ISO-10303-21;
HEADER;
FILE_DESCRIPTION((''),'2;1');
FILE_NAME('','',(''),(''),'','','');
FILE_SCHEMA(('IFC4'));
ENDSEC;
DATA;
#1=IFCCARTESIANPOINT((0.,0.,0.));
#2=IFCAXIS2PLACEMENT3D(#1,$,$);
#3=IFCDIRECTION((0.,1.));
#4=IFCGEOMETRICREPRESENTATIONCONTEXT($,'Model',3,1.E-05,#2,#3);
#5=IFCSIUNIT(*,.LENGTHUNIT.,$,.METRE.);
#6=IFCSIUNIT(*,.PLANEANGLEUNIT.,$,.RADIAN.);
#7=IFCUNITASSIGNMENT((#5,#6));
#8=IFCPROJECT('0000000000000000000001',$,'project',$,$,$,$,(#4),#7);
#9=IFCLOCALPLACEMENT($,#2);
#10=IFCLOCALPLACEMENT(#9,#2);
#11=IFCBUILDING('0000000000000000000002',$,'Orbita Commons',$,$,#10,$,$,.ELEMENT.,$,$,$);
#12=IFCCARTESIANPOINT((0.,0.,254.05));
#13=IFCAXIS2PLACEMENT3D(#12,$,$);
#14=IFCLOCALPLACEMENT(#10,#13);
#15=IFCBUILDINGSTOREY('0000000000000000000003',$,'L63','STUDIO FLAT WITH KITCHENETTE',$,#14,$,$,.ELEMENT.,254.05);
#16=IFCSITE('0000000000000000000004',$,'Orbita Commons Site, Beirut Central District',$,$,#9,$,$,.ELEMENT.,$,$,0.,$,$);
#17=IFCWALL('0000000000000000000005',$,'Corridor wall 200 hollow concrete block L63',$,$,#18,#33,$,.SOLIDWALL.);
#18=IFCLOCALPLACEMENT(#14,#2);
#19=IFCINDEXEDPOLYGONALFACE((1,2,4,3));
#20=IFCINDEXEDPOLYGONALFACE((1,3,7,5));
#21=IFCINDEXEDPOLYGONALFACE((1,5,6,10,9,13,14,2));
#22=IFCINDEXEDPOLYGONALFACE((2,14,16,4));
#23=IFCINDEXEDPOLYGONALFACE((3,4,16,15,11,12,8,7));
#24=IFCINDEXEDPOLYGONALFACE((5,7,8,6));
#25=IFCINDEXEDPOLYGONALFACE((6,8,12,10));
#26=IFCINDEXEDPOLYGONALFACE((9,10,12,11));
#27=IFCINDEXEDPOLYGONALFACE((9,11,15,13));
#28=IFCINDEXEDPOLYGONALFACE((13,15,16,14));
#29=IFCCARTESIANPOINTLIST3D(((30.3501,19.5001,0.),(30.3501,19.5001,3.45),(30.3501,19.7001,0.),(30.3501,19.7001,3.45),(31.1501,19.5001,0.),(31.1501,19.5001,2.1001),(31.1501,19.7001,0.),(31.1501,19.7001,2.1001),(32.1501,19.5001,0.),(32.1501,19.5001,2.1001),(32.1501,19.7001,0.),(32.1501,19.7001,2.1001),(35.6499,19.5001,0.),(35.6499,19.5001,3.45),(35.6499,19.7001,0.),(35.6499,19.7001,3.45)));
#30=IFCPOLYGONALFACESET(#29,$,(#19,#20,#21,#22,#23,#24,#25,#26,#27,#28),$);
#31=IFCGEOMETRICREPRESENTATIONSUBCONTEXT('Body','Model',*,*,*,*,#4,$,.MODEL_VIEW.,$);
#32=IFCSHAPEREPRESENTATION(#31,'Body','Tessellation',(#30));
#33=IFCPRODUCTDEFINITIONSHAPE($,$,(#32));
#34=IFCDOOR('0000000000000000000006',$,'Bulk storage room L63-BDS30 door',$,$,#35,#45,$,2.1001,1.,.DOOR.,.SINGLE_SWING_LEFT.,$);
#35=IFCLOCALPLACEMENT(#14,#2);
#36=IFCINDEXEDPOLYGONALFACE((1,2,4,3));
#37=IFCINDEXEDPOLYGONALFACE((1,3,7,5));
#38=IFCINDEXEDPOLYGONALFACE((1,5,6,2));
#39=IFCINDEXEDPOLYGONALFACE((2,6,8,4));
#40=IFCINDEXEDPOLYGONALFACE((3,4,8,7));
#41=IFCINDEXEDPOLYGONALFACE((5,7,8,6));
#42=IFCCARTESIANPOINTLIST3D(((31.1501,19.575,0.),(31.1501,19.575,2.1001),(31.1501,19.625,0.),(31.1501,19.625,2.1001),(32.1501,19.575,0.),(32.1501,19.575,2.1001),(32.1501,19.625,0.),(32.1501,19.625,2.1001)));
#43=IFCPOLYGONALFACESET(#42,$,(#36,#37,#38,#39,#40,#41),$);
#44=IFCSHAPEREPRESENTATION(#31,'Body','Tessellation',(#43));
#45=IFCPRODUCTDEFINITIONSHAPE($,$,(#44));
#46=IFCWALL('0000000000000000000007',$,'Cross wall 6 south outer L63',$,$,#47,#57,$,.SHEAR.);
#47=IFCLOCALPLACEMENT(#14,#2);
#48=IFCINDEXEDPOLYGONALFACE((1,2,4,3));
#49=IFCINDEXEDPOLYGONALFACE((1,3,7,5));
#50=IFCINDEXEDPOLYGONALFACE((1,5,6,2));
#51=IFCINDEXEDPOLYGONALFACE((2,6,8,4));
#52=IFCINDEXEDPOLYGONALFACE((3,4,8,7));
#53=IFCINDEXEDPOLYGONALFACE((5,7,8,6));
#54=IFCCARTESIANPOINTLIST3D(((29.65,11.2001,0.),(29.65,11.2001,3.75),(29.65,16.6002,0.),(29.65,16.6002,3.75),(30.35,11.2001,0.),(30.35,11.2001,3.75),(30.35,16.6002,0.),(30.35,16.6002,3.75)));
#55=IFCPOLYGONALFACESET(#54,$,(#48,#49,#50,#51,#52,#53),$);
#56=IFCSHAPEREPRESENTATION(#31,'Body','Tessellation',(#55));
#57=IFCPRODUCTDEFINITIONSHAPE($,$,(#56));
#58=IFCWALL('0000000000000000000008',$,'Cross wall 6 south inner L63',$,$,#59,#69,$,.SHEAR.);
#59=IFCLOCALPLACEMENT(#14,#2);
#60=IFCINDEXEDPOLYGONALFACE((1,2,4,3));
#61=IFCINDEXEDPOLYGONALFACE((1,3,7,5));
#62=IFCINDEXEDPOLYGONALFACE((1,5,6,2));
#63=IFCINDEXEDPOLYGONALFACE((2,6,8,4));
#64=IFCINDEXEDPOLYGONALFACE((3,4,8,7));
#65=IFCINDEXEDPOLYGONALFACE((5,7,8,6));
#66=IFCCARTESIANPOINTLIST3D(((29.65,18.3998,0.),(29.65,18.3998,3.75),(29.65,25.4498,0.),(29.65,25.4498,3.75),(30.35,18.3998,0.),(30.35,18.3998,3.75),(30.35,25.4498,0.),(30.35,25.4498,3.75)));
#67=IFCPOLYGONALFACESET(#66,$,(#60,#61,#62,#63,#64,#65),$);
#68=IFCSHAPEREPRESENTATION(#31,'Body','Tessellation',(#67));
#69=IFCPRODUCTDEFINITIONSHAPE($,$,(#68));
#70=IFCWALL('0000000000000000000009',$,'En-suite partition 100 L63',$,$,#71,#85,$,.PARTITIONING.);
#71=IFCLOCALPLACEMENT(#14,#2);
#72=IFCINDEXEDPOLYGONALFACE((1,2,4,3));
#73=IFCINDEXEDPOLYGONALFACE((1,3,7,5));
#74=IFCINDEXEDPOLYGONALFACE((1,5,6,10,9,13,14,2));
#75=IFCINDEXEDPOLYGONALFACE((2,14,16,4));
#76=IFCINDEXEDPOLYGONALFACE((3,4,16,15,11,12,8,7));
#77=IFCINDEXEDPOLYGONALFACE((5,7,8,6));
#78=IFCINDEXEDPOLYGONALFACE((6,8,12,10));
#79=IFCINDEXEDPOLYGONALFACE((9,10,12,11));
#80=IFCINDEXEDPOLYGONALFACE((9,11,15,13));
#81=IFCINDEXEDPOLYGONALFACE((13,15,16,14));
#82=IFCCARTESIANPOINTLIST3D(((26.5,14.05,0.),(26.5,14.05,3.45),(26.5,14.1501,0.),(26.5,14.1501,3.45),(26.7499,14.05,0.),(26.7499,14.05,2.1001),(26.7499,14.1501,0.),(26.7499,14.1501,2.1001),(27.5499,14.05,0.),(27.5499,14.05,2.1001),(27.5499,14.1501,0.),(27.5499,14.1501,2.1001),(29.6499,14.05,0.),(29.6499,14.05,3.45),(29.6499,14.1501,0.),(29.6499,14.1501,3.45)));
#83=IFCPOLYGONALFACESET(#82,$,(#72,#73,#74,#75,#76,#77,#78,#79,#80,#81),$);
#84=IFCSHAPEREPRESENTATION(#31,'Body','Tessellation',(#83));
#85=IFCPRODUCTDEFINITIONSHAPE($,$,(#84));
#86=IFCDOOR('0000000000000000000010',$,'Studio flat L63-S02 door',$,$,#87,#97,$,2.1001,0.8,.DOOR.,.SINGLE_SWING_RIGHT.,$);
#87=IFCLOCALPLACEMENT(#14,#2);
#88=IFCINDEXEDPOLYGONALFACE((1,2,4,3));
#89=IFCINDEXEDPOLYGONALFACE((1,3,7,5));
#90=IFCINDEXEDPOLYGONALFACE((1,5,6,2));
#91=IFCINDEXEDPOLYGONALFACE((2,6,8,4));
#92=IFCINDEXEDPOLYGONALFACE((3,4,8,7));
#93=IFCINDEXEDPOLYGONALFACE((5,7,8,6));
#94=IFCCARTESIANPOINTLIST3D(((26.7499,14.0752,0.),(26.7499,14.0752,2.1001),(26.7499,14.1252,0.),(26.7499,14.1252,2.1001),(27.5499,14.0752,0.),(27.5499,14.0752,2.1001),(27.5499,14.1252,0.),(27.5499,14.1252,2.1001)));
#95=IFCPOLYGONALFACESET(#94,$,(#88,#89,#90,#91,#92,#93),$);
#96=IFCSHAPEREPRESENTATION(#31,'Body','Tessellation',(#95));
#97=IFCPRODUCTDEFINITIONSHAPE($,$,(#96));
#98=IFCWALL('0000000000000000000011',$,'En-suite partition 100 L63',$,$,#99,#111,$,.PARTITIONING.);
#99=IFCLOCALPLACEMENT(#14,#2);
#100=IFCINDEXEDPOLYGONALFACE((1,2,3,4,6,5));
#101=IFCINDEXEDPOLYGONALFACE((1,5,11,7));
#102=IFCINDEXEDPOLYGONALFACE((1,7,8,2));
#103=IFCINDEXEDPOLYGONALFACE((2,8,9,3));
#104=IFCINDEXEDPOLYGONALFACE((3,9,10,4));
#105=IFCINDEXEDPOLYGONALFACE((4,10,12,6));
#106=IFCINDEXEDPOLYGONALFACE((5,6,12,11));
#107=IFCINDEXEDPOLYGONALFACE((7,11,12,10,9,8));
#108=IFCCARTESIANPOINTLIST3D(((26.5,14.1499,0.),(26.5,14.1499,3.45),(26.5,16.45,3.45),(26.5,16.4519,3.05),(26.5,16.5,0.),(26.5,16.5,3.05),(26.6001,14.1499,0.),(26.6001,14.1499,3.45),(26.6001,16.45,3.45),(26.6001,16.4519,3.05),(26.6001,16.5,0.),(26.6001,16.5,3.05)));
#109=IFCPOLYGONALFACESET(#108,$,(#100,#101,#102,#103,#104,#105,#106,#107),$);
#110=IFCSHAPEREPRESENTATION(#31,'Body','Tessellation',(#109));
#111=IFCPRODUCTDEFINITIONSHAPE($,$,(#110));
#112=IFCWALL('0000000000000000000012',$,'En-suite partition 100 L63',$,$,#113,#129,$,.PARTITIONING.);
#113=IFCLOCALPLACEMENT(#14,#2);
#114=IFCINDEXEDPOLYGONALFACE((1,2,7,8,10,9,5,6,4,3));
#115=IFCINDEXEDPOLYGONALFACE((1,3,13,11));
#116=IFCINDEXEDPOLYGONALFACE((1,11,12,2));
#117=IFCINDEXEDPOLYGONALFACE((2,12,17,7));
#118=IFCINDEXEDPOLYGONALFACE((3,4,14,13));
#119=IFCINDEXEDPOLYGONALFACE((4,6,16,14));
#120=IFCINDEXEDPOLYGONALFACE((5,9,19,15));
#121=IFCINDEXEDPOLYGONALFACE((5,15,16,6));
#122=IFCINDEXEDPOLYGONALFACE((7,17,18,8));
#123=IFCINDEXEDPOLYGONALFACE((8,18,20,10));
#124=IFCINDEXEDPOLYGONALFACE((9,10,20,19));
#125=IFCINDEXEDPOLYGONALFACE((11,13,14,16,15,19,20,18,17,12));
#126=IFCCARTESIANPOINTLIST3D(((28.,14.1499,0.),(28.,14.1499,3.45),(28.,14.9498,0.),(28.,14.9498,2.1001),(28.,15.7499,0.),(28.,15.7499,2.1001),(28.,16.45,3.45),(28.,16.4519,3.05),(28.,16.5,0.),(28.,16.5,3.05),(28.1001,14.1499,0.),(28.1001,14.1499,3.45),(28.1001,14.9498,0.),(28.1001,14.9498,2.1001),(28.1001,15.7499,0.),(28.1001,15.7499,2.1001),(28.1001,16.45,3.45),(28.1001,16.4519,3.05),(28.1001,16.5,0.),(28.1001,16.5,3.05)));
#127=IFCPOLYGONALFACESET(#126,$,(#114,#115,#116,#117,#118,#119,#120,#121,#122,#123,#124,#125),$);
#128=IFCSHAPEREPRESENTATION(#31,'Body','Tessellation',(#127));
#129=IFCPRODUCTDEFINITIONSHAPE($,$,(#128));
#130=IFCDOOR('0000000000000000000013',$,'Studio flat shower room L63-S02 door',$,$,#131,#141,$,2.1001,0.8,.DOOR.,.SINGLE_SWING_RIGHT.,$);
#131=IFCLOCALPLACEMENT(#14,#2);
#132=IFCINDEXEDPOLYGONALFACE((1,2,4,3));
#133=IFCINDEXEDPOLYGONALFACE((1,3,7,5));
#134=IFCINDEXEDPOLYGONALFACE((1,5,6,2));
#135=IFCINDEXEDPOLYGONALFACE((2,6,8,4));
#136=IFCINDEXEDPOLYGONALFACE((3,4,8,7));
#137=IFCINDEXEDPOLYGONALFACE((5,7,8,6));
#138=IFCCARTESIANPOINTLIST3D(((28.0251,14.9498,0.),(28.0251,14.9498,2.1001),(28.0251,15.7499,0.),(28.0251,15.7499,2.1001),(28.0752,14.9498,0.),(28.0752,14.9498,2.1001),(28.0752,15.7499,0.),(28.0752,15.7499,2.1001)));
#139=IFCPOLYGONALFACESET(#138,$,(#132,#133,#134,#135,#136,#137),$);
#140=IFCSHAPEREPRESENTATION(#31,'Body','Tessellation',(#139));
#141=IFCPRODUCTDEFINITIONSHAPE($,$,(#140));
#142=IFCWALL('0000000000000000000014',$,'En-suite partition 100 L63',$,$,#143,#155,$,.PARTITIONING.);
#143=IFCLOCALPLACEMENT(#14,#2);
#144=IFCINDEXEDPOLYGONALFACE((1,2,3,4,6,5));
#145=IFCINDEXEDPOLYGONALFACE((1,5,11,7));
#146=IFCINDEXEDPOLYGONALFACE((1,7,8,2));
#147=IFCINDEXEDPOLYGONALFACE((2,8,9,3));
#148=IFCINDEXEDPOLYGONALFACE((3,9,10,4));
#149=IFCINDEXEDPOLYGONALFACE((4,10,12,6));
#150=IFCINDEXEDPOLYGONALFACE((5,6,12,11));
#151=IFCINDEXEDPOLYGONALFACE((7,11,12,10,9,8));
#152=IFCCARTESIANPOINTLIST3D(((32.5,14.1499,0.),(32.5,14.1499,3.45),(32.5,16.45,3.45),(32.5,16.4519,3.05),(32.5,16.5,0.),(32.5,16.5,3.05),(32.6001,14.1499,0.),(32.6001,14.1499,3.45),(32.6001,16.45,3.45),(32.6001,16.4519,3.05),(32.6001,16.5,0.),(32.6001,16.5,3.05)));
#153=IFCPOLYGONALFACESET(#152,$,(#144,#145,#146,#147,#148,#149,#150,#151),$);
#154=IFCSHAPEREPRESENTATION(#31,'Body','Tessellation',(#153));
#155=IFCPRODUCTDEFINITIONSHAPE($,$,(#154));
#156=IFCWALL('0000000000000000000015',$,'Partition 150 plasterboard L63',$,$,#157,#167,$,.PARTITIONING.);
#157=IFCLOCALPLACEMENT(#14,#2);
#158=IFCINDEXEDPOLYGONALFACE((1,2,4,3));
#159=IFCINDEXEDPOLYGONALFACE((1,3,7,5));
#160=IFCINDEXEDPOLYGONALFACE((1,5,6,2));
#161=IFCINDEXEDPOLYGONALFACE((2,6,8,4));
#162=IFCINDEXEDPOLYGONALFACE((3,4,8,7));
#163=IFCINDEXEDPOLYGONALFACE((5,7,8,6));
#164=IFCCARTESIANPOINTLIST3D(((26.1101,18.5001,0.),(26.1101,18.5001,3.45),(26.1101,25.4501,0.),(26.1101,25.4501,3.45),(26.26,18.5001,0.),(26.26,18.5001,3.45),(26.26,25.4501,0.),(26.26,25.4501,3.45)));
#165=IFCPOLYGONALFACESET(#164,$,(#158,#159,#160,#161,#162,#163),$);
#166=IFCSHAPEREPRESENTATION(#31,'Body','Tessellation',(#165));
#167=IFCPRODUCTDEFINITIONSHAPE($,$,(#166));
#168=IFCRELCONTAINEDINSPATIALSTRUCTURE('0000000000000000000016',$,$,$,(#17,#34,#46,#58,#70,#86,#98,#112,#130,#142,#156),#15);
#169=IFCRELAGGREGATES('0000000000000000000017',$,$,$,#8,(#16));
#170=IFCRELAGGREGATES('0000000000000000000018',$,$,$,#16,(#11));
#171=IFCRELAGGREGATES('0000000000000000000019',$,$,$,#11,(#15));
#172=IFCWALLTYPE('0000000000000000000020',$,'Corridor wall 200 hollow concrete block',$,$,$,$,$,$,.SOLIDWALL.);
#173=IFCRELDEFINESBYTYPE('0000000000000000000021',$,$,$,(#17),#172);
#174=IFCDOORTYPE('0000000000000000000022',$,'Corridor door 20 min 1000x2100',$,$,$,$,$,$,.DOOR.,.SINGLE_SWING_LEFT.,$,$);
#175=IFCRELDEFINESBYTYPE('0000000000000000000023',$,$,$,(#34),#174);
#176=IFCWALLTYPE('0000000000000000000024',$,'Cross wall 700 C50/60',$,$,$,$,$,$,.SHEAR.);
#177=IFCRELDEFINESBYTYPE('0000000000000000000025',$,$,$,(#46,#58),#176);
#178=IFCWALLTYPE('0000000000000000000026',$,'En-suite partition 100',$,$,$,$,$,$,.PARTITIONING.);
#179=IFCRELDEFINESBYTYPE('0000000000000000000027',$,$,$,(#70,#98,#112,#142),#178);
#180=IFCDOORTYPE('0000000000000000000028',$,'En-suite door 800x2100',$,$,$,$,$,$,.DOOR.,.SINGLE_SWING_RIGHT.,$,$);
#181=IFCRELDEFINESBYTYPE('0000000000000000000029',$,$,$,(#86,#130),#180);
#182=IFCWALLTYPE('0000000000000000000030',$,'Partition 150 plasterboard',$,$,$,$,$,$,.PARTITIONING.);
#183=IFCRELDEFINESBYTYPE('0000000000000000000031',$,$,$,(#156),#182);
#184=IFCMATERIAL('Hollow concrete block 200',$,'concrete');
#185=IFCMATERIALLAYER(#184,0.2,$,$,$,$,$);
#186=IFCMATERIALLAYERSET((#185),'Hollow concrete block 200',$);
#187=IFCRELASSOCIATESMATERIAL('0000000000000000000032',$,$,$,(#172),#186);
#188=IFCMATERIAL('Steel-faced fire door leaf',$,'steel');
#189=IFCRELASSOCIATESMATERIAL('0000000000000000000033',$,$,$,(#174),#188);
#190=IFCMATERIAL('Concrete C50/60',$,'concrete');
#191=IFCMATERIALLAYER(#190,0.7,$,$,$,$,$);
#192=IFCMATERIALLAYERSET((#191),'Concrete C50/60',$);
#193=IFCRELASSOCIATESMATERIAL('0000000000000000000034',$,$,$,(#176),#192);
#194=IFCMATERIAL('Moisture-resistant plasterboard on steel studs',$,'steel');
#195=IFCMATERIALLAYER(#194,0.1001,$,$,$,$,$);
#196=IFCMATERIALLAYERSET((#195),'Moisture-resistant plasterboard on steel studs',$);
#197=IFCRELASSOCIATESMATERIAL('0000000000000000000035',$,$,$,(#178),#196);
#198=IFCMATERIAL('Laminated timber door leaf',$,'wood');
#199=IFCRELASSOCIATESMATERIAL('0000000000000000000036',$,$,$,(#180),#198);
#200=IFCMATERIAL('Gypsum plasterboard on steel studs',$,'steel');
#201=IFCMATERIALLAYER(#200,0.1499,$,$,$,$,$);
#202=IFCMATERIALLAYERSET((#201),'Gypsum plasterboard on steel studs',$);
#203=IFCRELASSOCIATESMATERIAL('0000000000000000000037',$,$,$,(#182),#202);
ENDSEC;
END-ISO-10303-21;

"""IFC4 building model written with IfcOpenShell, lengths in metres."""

from ifc_helpers import new_model, si_unit, direction, frame, frame_2d, origin, place, context, subcontext, project, spatial, polyline, rectangle, outline, extrude, material, layer, layer_set, type_object, element, fill, save


model = new_model("IFC4")

# Units and contexts
model_context = context("Model", 3, precision=1e-05, world=origin(), true_north=direction((0.0, 1.0)))
body_context = subcontext(model_context, "Body", "Model", "MODEL_VIEW")
ifc_project = project(units=[si_unit("LENGTHUNIT", "METRE"), si_unit("PLANEANGLEUNIT", "RADIAN")], contexts=[model_context])

# Site, building, storey
site_placement = place(None, origin())
site = spatial("IfcSite", under=ifc_project, at=site_placement, Name="Orbita Commons Site, Beirut Central District", CompositionType="ELEMENT", RefElevation=0.0)
building_placement = place(site_placement, origin())
building = spatial("IfcBuilding", under=site, at=building_placement, Name="Orbita Commons", CompositionType="ELEMENT")
storey_placement = place(building_placement, frame((0.0, 0.0, 254.05)))
storey = spatial("IfcBuildingStorey", under=building, at=storey_placement, Name="L63", Description="STUDIO FLAT WITH KITCHENETTE", CompositionType="ELEMENT", Elevation=254.05)

# Shared definitions
ifc_material_1 = material(Name="Hollow concrete block 200", Category="concrete")
ifc_layer_1 = layer(ifc_material_1, 0.2)
ifc_layer_set_1 = layer_set([ifc_layer_1], Name="Hollow concrete block 200")
wall_type_1 = type_object("IfcWallType", Name="Corridor wall 200 hollow concrete block", PredefinedType="SOLIDWALL", material=ifc_layer_set_1)

# Wall, opening, door
wall_1_placement = place(storey_placement, frame((30.3501, 19.6001, 0.0), z_axis=(0.0, 0.0, 1.0), x_axis=(1.0, 0.0, 0.0)))
wall_1 = element("IfcWall", 1, at=wall_1_placement, inside=storey, type_object=wall_type_1, Name="Corridor wall 200 hollow concrete block L63", PredefinedType="SOLIDWALL", context=body_context, shape_type="SweptSolid", body=[
    extrude(rectangle(XDim=5.2998, YDim=0.2, at=frame_2d((2.6499, 0.0))), origin(), (0.0, 0.0, 1.0), 3.45),
])
opening_1_placement = place(wall_1_placement, frame((0.8, 0.0, 0.0)))
opening_1 = element("IfcOpeningElement", 2, at=opening_1_placement, cuts=wall_1, PredefinedType="OPENING", context=body_context, shape_type="SweptSolid", body=[
    extrude(rectangle(XDim=1.0, YDim=2.1001, at=frame_2d((0.5, 1.05))), frame((0.0, 0.1099, 0.0), z_axis=(0.0, -1.0, 0.0), x_axis=(1.0, 0.0, 0.0)), (0.0, 0.0, 1.0), 0.22),
])
ifc_material_2 = material(Name="Steel-faced fire door leaf", Category="steel")
door_type_1 = type_object("IfcDoorType", Name="Corridor door 20 min 1000x2100", OperationType="SINGLE_SWING_LEFT", PredefinedType="DOOR", material=ifc_material_2)
door_1_placement = place(opening_1_placement, origin())
door_1 = element("IfcDoor", 3, at=door_1_placement, inside=storey, type_object=door_type_1, Name="Bulk storage room L63-BDS30 door", OperationType="SINGLE_SWING_LEFT", OverallHeight=2.1001, OverallWidth=1.0, PredefinedType="DOOR", context=body_context, shape_type="SweptSolid", body=[
    extrude(rectangle(XDim=1.0, YDim=2.1001, at=frame_2d((0.5, 1.05))), frame((0.0, 0.0249, 0.0), z_axis=(0.0, -1.0, 0.0), x_axis=(1.0, 0.0, 0.0)), (0.0, 0.0, 1.0), 0.05),
])
fill(opening_1, door_1)

# Walls
ifc_material_3 = material(Name="Concrete C50/60", Category="concrete")
ifc_layer_2 = layer(ifc_material_3, 0.7)
ifc_layer_set_2 = layer_set([ifc_layer_2], Name="Concrete C50/60")
wall_type_2 = type_object("IfcWallType", Name="Cross wall 700 C50/60", PredefinedType="SHEAR", material=ifc_layer_set_2)
wall_2_placement = place(storey_placement, frame((30.0, 11.2, 0.0), z_axis=(0.0, 0.0, 1.0), x_axis=(0.0, 1.0, 0.0)))
element("IfcWall", 4, at=wall_2_placement, inside=storey, type_object=wall_type_2, Name="Cross wall 6 south outer L63", PredefinedType="SHEAR", context=body_context, shape_type="SweptSolid", body=[
    extrude(rectangle(XDim=5.4001, YDim=0.7, at=frame_2d((2.7002, 0.0))), origin(), (0.0, 0.0, 1.0), 3.75),
])
wall_3_placement = place(storey_placement, frame((30.0, 18.3999, 0.0), z_axis=(0.0, 0.0, 1.0), x_axis=(0.0, 1.0, 0.0)))
element("IfcWall", 5, at=wall_3_placement, inside=storey, type_object=wall_type_2, Name="Cross wall 6 south inner L63", PredefinedType="SHEAR", context=body_context, shape_type="SweptSolid", body=[
    extrude(rectangle(XDim=7.05, YDim=0.7, at=frame_2d((3.5249, 0.0))), origin(), (0.0, 0.0, 1.0), 3.75),
])

# Wall, opening, door
ifc_material_4 = material(Name="Moisture-resistant plasterboard on steel studs", Category="steel")
ifc_layer_3 = layer(ifc_material_4, 0.1001)
ifc_layer_set_3 = layer_set([ifc_layer_3], Name="Moisture-resistant plasterboard on steel studs")
wall_type_3 = type_object("IfcWallType", Name="En-suite partition 100", PredefinedType="PARTITIONING", material=ifc_layer_set_3)
wall_4_placement = place(storey_placement, frame((29.6499, 14.1001, 0.0), z_axis=(0.0, 0.0, 1.0), x_axis=(-1.0, 0.0, 0.0)))
wall_4 = element("IfcWall", 6, at=wall_4_placement, inside=storey, type_object=wall_type_3, Name="En-suite partition 100 L63", PredefinedType="PARTITIONING", context=body_context, shape_type="SweptSolid", body=[
    extrude(rectangle(XDim=3.1499, YDim=0.1001, at=frame_2d((1.575, 0.0))), origin(), (0.0, 0.0, 1.0), 3.45),
])
opening_2_placement = place(wall_4_placement, frame((2.1001, 0.0, 0.0)))
opening_2 = element("IfcOpeningElement", 7, at=opening_2_placement, cuts=wall_4, PredefinedType="OPENING", context=body_context, shape_type="SweptSolid", body=[
    extrude(rectangle(XDim=0.8, YDim=2.1001, at=frame_2d((0.3999, 1.05))), frame((0.0, 0.0601, 0.0), z_axis=(0.0, -1.0, 0.0), x_axis=(1.0, 0.0, 0.0)), (0.0, 0.0, 1.0), 0.1201),
])
ifc_material_5 = material(Name="Laminated timber door leaf", Category="wood")
door_type_2 = type_object("IfcDoorType", Name="En-suite door 800x2100", OperationType="SINGLE_SWING_RIGHT", PredefinedType="DOOR", material=ifc_material_5)
door_2_placement = place(opening_2_placement, origin())
door_2 = element("IfcDoor", 8, at=door_2_placement, inside=storey, type_object=door_type_2, Name="Studio flat L63-S02 door", OperationType="SINGLE_SWING_RIGHT", OverallHeight=2.1001, OverallWidth=0.8, PredefinedType="DOOR", context=body_context, shape_type="SweptSolid", body=[
    extrude(rectangle(XDim=0.8, YDim=2.1001, at=frame_2d((0.3999, 1.05))), frame((0.0, 0.0249, 0.0), z_axis=(0.0, -1.0, 0.0), x_axis=(1.0, 0.0, 0.0)), (0.0, 0.0, 1.0), 0.05),
])
fill(opening_2, door_2)

# Wall
wall_5_placement = place(storey_placement, frame((26.55, 14.1499, 0.0), z_axis=(0.0, 0.0, 1.0), x_axis=(0.0, 1.0, 0.0)))
element("IfcWall", 9, at=wall_5_placement, inside=storey, type_object=wall_type_3, Name="En-suite partition 100 L63", PredefinedType="PARTITIONING", context=body_context, shape_type="SweptSolid", body=[
    extrude(outline(polyline([(0.0, 0.0), (2.3501, 0.0), (2.3501, 3.05), (2.302, 3.05), (2.3, 3.45), (0.0, 3.45), (0.0, 0.0)])), frame((0.0, 0.05, 0.0), z_axis=(0.0, -1.0, 0.0), x_axis=(1.0, 0.0, 0.0)), (0.0, 0.0, 1.0), 0.1001),
])

# Wall, opening, door
wall_6_placement = place(storey_placement, frame((28.05, 14.1499, 0.0), z_axis=(0.0, 0.0, 1.0), x_axis=(0.0, 1.0, 0.0)))
wall_6 = element("IfcWall", 10, at=wall_6_placement, inside=storey, type_object=wall_type_3, Name="En-suite partition 100 L63", PredefinedType="PARTITIONING", context=body_context, shape_type="SweptSolid", body=[
    extrude(outline(polyline([(0.0, 0.0), (2.3501, 0.0), (2.3501, 3.05), (2.302, 3.05), (2.3, 3.45), (0.0, 3.45), (0.0, 0.0)])), frame((0.0, 0.05, 0.0), z_axis=(0.0, -1.0, 0.0), x_axis=(1.0, 0.0, 0.0)), (0.0, 0.0, 1.0), 0.1001),
])
opening_3_placement = place(wall_6_placement, frame((0.8, 0.0, 0.0)))
opening_3 = element("IfcOpeningElement", 11, at=opening_3_placement, cuts=wall_6, PredefinedType="OPENING", context=body_context, shape_type="SweptSolid", body=[
    extrude(rectangle(XDim=0.8, YDim=2.1001, at=frame_2d((0.3999, 1.05))), frame((0.0, 0.0601, 0.0), z_axis=(0.0, -1.0, 0.0), x_axis=(1.0, 0.0, 0.0)), (0.0, 0.0, 1.0), 0.1201),
])
door_3_placement = place(opening_3_placement, origin())
door_3 = element("IfcDoor", 12, at=door_3_placement, inside=storey, type_object=door_type_2, Name="Studio flat shower room L63-S02 door", OperationType="SINGLE_SWING_RIGHT", OverallHeight=2.1001, OverallWidth=0.8, PredefinedType="DOOR", context=body_context, shape_type="SweptSolid", body=[
    extrude(rectangle(XDim=0.8, YDim=2.1001, at=frame_2d((0.3999, 1.05))), frame((0.0, 0.0249, 0.0), z_axis=(0.0, -1.0, 0.0), x_axis=(1.0, 0.0, 0.0)), (0.0, 0.0, 1.0), 0.05),
])
fill(opening_3, door_3)

# Walls
wall_7_placement = place(storey_placement, frame((32.55, 14.1499, 0.0), z_axis=(0.0, 0.0, 1.0), x_axis=(0.0, 1.0, 0.0)))
element("IfcWall", 13, at=wall_7_placement, inside=storey, type_object=wall_type_3, Name="En-suite partition 100 L63", PredefinedType="PARTITIONING", context=body_context, shape_type="SweptSolid", body=[
    extrude(outline(polyline([(0.0, 0.0), (2.3501, 0.0), (2.3501, 3.05), (2.302, 3.05), (2.3, 3.45), (0.0, 3.45), (0.0, 0.0)])), frame((0.0, 0.05, 0.0), z_axis=(0.0, -1.0, 0.0), x_axis=(1.0, 0.0, 0.0)), (0.0, 0.0, 1.0), 0.1001),
])
ifc_material_6 = material(Name="Gypsum plasterboard on steel studs", Category="steel")
ifc_layer_4 = layer(ifc_material_6, 0.1499)
ifc_layer_set_4 = layer_set([ifc_layer_4], Name="Gypsum plasterboard on steel studs")
wall_type_4 = type_object("IfcWallType", Name="Partition 150 plasterboard", PredefinedType="PARTITIONING", material=ifc_layer_set_4)
wall_8_placement = place(storey_placement, frame((26.1851, 18.5, 0.0), z_axis=(0.0, 0.0, 1.0), x_axis=(0.0, 1.0, 0.0)))
element("IfcWall", 14, at=wall_8_placement, inside=storey, type_object=wall_type_4, Name="Partition 150 plasterboard L63", PredefinedType="PARTITIONING", context=body_context, shape_type="SweptSolid", body=[
    extrude(rectangle(XDim=6.95, YDim=0.1499, at=frame_2d((3.4751, 0.0))), origin(), (0.0, 0.0, 1.0), 3.45),
])

save(model, "model.ifc")
